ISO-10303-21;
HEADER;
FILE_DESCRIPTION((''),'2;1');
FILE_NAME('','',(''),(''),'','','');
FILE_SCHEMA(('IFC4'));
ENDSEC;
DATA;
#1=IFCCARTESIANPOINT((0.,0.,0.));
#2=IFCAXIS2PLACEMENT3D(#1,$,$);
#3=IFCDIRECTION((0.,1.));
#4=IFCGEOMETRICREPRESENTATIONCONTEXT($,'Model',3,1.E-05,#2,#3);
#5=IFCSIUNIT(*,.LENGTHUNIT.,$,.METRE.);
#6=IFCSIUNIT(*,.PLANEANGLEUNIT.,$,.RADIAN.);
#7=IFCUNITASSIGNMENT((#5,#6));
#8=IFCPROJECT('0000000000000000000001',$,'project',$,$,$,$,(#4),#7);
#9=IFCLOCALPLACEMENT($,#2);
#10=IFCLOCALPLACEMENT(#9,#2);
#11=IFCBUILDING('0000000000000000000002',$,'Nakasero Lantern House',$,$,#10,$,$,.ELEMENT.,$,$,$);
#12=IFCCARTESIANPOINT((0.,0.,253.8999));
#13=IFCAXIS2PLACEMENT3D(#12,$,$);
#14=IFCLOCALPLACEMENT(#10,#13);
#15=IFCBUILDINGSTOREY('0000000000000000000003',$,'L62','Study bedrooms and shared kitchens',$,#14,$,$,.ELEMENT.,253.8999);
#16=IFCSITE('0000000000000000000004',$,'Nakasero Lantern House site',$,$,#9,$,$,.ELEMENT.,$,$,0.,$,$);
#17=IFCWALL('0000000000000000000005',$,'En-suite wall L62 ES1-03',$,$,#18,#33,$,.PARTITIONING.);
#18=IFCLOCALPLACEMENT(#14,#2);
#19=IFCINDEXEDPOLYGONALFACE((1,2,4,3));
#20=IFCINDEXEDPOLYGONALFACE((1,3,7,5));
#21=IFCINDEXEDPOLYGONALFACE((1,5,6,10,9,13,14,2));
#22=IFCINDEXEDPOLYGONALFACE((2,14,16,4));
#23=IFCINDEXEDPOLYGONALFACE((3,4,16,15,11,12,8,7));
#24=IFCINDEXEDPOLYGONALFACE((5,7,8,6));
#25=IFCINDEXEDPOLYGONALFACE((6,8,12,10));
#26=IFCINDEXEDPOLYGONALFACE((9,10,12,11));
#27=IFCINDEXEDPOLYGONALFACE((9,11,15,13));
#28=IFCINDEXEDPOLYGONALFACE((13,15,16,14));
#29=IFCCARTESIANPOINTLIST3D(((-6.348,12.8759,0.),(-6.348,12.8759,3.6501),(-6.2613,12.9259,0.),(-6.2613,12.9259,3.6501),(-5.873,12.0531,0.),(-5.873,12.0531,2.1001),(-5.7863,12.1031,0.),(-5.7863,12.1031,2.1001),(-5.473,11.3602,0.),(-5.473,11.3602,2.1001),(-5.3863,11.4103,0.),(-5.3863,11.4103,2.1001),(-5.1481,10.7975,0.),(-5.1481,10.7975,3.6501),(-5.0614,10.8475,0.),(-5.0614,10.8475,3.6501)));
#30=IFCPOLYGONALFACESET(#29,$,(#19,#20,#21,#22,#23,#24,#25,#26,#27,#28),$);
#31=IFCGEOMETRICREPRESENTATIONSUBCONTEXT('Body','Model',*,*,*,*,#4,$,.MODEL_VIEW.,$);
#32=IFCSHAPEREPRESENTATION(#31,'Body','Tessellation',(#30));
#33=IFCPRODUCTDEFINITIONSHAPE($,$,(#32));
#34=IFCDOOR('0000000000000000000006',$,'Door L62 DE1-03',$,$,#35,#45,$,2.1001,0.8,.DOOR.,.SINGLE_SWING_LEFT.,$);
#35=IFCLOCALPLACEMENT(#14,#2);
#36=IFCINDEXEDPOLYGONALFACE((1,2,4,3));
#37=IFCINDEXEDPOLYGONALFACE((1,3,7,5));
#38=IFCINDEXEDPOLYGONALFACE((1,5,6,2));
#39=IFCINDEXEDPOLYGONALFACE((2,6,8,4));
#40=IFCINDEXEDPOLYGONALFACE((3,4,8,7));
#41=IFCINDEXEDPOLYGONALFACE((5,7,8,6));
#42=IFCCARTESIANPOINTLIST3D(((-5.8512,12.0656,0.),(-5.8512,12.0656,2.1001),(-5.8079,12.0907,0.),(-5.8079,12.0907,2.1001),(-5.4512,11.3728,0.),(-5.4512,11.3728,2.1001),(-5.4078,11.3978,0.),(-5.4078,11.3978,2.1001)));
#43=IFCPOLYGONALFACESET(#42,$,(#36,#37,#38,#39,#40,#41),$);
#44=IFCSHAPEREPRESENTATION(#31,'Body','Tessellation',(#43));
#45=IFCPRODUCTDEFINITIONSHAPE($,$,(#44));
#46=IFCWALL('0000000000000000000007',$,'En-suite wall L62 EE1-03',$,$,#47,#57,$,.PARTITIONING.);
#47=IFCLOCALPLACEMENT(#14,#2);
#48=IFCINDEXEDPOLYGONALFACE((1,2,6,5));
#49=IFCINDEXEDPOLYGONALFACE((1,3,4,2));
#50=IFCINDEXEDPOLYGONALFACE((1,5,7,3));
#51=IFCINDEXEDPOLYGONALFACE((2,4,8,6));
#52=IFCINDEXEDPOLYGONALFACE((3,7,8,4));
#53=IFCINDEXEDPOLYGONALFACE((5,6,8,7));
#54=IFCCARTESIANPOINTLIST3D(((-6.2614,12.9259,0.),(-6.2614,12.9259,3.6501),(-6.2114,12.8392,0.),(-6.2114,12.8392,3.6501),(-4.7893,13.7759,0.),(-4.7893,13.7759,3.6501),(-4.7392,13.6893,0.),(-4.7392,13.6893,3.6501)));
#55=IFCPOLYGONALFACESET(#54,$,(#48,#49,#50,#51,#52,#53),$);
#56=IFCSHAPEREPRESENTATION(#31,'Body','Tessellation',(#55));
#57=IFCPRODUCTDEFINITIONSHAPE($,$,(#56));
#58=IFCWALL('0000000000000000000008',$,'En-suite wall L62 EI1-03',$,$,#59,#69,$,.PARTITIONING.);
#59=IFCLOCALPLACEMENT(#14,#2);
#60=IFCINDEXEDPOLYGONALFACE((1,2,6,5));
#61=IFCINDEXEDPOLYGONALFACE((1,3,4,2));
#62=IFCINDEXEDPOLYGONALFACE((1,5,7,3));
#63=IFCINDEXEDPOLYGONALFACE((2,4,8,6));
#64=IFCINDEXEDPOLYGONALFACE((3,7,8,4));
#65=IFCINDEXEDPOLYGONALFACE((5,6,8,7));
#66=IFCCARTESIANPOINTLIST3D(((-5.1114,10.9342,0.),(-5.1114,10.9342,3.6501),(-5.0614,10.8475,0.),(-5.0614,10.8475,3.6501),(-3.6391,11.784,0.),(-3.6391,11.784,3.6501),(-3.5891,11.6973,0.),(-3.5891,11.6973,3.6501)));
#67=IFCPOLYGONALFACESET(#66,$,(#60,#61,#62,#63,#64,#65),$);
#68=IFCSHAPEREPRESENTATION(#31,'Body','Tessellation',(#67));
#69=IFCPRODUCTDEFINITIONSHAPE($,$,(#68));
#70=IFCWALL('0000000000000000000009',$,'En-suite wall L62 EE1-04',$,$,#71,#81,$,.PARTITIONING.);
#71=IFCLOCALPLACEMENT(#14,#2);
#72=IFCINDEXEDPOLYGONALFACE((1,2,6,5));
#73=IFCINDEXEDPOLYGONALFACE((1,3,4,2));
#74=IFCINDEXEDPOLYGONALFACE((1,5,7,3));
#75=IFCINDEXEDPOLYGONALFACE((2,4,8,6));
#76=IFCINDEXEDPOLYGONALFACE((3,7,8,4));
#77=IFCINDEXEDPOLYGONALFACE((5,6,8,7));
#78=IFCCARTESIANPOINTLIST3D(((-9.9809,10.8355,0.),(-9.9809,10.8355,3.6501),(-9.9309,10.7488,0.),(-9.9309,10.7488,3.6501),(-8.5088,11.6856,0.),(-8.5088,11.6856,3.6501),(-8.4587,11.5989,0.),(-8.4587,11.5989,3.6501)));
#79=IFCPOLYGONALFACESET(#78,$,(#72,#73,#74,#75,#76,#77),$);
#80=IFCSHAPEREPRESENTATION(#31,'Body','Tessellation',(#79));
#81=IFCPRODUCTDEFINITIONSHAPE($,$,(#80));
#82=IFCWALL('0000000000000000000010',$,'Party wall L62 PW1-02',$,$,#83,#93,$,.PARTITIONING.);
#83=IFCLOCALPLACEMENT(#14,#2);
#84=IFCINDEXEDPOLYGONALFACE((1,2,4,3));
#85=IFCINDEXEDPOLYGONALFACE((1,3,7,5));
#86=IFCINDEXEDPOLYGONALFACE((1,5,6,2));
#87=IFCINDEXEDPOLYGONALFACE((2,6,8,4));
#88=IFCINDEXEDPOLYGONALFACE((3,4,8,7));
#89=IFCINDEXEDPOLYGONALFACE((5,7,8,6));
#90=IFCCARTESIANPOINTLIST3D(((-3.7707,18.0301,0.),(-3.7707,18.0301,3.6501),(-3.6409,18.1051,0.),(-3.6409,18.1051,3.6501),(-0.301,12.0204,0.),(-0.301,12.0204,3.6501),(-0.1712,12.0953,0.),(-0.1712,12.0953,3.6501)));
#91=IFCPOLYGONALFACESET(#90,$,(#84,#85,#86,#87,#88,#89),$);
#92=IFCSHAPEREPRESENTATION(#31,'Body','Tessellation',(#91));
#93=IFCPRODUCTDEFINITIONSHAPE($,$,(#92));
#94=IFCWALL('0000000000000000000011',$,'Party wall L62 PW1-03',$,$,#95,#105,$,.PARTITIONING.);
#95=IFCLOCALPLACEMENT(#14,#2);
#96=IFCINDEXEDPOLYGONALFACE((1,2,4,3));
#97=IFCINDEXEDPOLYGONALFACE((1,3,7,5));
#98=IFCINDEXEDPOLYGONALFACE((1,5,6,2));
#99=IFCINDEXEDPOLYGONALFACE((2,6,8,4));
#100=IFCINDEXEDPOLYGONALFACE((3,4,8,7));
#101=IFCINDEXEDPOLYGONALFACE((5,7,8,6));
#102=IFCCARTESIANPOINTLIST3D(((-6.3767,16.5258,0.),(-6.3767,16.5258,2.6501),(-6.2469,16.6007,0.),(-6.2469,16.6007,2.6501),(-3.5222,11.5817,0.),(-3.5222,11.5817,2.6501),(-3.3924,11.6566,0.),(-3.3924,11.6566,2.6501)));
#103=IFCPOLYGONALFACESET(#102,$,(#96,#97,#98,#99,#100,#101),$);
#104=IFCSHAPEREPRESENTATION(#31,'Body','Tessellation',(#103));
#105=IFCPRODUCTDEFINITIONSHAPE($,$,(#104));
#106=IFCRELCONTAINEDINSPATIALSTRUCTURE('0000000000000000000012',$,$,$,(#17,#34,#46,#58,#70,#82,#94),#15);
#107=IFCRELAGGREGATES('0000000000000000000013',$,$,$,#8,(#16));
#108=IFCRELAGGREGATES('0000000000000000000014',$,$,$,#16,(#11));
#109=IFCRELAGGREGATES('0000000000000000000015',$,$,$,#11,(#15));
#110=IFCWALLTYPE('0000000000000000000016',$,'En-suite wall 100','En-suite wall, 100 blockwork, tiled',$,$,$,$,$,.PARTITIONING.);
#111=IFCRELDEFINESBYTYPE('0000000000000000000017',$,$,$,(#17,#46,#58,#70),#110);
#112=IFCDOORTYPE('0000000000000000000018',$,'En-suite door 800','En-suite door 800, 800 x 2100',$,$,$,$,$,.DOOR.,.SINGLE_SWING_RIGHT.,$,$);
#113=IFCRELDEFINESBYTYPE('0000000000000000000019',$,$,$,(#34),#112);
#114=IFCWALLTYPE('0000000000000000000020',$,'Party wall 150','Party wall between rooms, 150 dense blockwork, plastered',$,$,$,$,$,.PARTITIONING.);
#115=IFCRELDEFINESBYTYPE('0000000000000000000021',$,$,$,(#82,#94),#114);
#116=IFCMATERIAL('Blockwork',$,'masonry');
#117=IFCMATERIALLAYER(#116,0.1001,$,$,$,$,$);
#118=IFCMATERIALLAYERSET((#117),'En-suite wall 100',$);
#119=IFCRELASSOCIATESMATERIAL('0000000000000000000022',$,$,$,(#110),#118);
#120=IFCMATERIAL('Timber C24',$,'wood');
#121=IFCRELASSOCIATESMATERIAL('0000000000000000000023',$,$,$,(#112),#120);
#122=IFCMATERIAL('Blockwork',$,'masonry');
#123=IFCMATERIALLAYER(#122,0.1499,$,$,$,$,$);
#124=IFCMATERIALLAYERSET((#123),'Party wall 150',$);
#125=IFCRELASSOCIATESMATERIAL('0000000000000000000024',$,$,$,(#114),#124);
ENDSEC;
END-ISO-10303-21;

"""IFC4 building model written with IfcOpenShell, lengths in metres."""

from ifc_helpers import new_model, si_unit, direction, frame, frame_2d, origin, place, context, subcontext, project, spatial, rectangle, extrude, material, layer, layer_set, type_object, element, fill, save


model = new_model("IFC4")

# Units and contexts
model_context = context("Model", 3, precision=1e-05, world=origin(), true_north=direction((0.0, 1.0)))
body_context = subcontext(model_context, "Body", "Model", "MODEL_VIEW")
ifc_project = project(units=[si_unit("LENGTHUNIT", "METRE"), si_unit("PLANEANGLEUNIT", "RADIAN")], contexts=[model_context])

# Site, building, storey
site_placement = place(None, origin())
site = spatial("IfcSite", under=ifc_project, at=site_placement, Name="Nakasero Lantern House site", CompositionType="ELEMENT", RefElevation=0.0)
building_placement = place(site_placement, origin())
building = spatial("IfcBuilding", under=site, at=building_placement, Name="Nakasero Lantern House", CompositionType="ELEMENT")
storey_placement = place(building_placement, frame((0.0, 0.0, 253.8999)))
storey = spatial("IfcBuildingStorey", under=building, at=storey_placement, Name="L62", Description="Study bedrooms and shared kitchens", CompositionType="ELEMENT", Elevation=253.8999)

# Wall, opening, door
ifc_material_1 = material(Name="Blockwork", Category="masonry")
ifc_layer_1 = layer(ifc_material_1, 0.1001)
ifc_layer_set_1 = layer_set([ifc_layer_1], Name="En-suite wall 100")
wall_type_1 = type_object("IfcWallType", Name="En-suite wall 100", Description="En-suite wall, 100 blockwork, tiled", PredefinedType="PARTITIONING", material=ifc_layer_set_1)
wall_1_placement = place(storey_placement, frame((-5.1047, 10.8225, 0.0), z_axis=(0.0, 0.0, 1.0), x_axis=(-0.500001, 0.866025, 0.0)))
wall_1 = element("IfcWall", 1, at=wall_1_placement, inside=storey, type_object=wall_type_1, Name="En-suite wall L62 ES1-03", PredefinedType="PARTITIONING", context=body_context, shape_type="SweptSolid", body=[
    extrude(rectangle(XDim=2.3999, YDim=0.1001, at=frame_2d((1.2, 0.0))), origin(), (0.0, 0.0, 1.0), 3.6501),
])
opening_1_placement = place(wall_1_placement, frame((0.6499, 0.0, 0.0)))
opening_1 = element("IfcOpeningElement", 2, at=opening_1_placement, cuts=wall_1, PredefinedType="OPENING", context=body_context, shape_type="SweptSolid", body=[
    extrude(rectangle(XDim=0.8, YDim=2.1001, at=frame_2d((0.3999, 1.05))), frame((0.0, 0.0701, 0.0), z_axis=(0.0, -1.0, 0.0), x_axis=(1.0, 0.0, 0.0)), (0.0, 0.0, 1.0), 0.1401),
])
ifc_material_2 = material(Name="Timber C24", Category="wood")
door_type_1 = type_object("IfcDoorType", Name="En-suite door 800", Description="En-suite door 800, 800 x 2100", OperationType="SINGLE_SWING_RIGHT", PredefinedType="DOOR", material=ifc_material_2)
door_1_placement = place(opening_1_placement, origin())
door_1 = element("IfcDoor", 3, at=door_1_placement, inside=storey, type_object=door_type_1, Name="Door L62 DE1-03", OperationType="SINGLE_SWING_LEFT", OverallHeight=2.1001, OverallWidth=0.8, PredefinedType="DOOR", context=body_context, shape_type="SweptSolid", body=[
    extrude(rectangle(XDim=0.8, YDim=2.1001, at=frame_2d((0.3999, 1.05))), frame((0.0, 0.0249, 0.0), z_axis=(0.0, -1.0, 0.0), x_axis=(1.0, 0.0, 0.0)), (0.0, 0.0, 1.0), 0.05),
])
fill(opening_1, door_1)

# Walls
for number, where, z_axis, x_axis, name in (
    (4, (-4.7642, 13.7327, 0.0), (0.0, 0.0, 1.0), (-0.865989, -0.500062, 0.0), "En-suite wall L62 EE1-03"),
    (5, (-3.614, 11.7407, 0.0), (0.0, 0.0, 1.0), (-0.866088, -0.499892, 0.0), "En-suite wall L62 EI1-03"),
    (6, (-8.4836, 11.6423, 0.0), (0.0, 0.0, 1.0), (-0.865989, -0.500062, 0.0), "En-suite wall L62 EE1-04"),
):
    element("IfcWall", number, at=place(storey_placement, frame(where, z_axis=z_axis, x_axis=x_axis)), inside=storey, type_object=wall_type_1, Name=name, PredefinedType="PARTITIONING", context=body_context, shape_type="SweptSolid", body=[
        extrude(rectangle(XDim=1.7, YDim=0.1001, at=frame_2d((0.8501, 0.0))), origin(), (0.0, 0.0, 1.0), 3.6501),
    ])
ifc_material_3 = material(Name="Blockwork", Category="masonry")
ifc_layer_2 = layer(ifc_material_3, 0.1499)
ifc_layer_set_2 = layer_set([ifc_layer_2], Name="Party wall 150")
wall_type_2 = type_object("IfcWallType", Name="Party wall 150", Description="Party wall between rooms, 150 dense blockwork, plastered", PredefinedType="PARTITIONING", material=ifc_layer_set_2)
wall_2_placement = place(storey_placement, frame((-0.2361, 12.0579, 0.0), z_axis=(0.0, 0.0, 1.0), x_axis=(-0.499999, 0.866026, 0.0)))
element("IfcWall", 7, at=wall_2_placement, inside=storey, type_object=wall_type_2, Name="Party wall L62 PW1-02", PredefinedType="PARTITIONING", context=body_context, shape_type="SweptSolid", body=[
    extrude(rectangle(XDim=6.9395, YDim=0.1499, at=frame_2d((3.4697, 0.0))), origin(), (0.0, 0.0, 1.0), 3.6501),
])
wall_3_placement = place(storey_placement, frame((-3.4573, 11.6191, 0.0), z_axis=(0.0, 0.0, 1.0), x_axis=(-0.500003, 0.866024, 0.0)))
element("IfcWall", 8, at=wall_3_placement, inside=storey, type_object=wall_type_2, Name="Party wall L62 PW1-03", PredefinedType="PARTITIONING", context=body_context, shape_type="SweptSolid", body=[
    extrude(rectangle(XDim=5.709, YDim=0.1499, at=frame_2d((2.8545, 0.0))), origin(), (0.0, 0.0, 1.0), 2.6501),
])

save(model, "model.ifc")
